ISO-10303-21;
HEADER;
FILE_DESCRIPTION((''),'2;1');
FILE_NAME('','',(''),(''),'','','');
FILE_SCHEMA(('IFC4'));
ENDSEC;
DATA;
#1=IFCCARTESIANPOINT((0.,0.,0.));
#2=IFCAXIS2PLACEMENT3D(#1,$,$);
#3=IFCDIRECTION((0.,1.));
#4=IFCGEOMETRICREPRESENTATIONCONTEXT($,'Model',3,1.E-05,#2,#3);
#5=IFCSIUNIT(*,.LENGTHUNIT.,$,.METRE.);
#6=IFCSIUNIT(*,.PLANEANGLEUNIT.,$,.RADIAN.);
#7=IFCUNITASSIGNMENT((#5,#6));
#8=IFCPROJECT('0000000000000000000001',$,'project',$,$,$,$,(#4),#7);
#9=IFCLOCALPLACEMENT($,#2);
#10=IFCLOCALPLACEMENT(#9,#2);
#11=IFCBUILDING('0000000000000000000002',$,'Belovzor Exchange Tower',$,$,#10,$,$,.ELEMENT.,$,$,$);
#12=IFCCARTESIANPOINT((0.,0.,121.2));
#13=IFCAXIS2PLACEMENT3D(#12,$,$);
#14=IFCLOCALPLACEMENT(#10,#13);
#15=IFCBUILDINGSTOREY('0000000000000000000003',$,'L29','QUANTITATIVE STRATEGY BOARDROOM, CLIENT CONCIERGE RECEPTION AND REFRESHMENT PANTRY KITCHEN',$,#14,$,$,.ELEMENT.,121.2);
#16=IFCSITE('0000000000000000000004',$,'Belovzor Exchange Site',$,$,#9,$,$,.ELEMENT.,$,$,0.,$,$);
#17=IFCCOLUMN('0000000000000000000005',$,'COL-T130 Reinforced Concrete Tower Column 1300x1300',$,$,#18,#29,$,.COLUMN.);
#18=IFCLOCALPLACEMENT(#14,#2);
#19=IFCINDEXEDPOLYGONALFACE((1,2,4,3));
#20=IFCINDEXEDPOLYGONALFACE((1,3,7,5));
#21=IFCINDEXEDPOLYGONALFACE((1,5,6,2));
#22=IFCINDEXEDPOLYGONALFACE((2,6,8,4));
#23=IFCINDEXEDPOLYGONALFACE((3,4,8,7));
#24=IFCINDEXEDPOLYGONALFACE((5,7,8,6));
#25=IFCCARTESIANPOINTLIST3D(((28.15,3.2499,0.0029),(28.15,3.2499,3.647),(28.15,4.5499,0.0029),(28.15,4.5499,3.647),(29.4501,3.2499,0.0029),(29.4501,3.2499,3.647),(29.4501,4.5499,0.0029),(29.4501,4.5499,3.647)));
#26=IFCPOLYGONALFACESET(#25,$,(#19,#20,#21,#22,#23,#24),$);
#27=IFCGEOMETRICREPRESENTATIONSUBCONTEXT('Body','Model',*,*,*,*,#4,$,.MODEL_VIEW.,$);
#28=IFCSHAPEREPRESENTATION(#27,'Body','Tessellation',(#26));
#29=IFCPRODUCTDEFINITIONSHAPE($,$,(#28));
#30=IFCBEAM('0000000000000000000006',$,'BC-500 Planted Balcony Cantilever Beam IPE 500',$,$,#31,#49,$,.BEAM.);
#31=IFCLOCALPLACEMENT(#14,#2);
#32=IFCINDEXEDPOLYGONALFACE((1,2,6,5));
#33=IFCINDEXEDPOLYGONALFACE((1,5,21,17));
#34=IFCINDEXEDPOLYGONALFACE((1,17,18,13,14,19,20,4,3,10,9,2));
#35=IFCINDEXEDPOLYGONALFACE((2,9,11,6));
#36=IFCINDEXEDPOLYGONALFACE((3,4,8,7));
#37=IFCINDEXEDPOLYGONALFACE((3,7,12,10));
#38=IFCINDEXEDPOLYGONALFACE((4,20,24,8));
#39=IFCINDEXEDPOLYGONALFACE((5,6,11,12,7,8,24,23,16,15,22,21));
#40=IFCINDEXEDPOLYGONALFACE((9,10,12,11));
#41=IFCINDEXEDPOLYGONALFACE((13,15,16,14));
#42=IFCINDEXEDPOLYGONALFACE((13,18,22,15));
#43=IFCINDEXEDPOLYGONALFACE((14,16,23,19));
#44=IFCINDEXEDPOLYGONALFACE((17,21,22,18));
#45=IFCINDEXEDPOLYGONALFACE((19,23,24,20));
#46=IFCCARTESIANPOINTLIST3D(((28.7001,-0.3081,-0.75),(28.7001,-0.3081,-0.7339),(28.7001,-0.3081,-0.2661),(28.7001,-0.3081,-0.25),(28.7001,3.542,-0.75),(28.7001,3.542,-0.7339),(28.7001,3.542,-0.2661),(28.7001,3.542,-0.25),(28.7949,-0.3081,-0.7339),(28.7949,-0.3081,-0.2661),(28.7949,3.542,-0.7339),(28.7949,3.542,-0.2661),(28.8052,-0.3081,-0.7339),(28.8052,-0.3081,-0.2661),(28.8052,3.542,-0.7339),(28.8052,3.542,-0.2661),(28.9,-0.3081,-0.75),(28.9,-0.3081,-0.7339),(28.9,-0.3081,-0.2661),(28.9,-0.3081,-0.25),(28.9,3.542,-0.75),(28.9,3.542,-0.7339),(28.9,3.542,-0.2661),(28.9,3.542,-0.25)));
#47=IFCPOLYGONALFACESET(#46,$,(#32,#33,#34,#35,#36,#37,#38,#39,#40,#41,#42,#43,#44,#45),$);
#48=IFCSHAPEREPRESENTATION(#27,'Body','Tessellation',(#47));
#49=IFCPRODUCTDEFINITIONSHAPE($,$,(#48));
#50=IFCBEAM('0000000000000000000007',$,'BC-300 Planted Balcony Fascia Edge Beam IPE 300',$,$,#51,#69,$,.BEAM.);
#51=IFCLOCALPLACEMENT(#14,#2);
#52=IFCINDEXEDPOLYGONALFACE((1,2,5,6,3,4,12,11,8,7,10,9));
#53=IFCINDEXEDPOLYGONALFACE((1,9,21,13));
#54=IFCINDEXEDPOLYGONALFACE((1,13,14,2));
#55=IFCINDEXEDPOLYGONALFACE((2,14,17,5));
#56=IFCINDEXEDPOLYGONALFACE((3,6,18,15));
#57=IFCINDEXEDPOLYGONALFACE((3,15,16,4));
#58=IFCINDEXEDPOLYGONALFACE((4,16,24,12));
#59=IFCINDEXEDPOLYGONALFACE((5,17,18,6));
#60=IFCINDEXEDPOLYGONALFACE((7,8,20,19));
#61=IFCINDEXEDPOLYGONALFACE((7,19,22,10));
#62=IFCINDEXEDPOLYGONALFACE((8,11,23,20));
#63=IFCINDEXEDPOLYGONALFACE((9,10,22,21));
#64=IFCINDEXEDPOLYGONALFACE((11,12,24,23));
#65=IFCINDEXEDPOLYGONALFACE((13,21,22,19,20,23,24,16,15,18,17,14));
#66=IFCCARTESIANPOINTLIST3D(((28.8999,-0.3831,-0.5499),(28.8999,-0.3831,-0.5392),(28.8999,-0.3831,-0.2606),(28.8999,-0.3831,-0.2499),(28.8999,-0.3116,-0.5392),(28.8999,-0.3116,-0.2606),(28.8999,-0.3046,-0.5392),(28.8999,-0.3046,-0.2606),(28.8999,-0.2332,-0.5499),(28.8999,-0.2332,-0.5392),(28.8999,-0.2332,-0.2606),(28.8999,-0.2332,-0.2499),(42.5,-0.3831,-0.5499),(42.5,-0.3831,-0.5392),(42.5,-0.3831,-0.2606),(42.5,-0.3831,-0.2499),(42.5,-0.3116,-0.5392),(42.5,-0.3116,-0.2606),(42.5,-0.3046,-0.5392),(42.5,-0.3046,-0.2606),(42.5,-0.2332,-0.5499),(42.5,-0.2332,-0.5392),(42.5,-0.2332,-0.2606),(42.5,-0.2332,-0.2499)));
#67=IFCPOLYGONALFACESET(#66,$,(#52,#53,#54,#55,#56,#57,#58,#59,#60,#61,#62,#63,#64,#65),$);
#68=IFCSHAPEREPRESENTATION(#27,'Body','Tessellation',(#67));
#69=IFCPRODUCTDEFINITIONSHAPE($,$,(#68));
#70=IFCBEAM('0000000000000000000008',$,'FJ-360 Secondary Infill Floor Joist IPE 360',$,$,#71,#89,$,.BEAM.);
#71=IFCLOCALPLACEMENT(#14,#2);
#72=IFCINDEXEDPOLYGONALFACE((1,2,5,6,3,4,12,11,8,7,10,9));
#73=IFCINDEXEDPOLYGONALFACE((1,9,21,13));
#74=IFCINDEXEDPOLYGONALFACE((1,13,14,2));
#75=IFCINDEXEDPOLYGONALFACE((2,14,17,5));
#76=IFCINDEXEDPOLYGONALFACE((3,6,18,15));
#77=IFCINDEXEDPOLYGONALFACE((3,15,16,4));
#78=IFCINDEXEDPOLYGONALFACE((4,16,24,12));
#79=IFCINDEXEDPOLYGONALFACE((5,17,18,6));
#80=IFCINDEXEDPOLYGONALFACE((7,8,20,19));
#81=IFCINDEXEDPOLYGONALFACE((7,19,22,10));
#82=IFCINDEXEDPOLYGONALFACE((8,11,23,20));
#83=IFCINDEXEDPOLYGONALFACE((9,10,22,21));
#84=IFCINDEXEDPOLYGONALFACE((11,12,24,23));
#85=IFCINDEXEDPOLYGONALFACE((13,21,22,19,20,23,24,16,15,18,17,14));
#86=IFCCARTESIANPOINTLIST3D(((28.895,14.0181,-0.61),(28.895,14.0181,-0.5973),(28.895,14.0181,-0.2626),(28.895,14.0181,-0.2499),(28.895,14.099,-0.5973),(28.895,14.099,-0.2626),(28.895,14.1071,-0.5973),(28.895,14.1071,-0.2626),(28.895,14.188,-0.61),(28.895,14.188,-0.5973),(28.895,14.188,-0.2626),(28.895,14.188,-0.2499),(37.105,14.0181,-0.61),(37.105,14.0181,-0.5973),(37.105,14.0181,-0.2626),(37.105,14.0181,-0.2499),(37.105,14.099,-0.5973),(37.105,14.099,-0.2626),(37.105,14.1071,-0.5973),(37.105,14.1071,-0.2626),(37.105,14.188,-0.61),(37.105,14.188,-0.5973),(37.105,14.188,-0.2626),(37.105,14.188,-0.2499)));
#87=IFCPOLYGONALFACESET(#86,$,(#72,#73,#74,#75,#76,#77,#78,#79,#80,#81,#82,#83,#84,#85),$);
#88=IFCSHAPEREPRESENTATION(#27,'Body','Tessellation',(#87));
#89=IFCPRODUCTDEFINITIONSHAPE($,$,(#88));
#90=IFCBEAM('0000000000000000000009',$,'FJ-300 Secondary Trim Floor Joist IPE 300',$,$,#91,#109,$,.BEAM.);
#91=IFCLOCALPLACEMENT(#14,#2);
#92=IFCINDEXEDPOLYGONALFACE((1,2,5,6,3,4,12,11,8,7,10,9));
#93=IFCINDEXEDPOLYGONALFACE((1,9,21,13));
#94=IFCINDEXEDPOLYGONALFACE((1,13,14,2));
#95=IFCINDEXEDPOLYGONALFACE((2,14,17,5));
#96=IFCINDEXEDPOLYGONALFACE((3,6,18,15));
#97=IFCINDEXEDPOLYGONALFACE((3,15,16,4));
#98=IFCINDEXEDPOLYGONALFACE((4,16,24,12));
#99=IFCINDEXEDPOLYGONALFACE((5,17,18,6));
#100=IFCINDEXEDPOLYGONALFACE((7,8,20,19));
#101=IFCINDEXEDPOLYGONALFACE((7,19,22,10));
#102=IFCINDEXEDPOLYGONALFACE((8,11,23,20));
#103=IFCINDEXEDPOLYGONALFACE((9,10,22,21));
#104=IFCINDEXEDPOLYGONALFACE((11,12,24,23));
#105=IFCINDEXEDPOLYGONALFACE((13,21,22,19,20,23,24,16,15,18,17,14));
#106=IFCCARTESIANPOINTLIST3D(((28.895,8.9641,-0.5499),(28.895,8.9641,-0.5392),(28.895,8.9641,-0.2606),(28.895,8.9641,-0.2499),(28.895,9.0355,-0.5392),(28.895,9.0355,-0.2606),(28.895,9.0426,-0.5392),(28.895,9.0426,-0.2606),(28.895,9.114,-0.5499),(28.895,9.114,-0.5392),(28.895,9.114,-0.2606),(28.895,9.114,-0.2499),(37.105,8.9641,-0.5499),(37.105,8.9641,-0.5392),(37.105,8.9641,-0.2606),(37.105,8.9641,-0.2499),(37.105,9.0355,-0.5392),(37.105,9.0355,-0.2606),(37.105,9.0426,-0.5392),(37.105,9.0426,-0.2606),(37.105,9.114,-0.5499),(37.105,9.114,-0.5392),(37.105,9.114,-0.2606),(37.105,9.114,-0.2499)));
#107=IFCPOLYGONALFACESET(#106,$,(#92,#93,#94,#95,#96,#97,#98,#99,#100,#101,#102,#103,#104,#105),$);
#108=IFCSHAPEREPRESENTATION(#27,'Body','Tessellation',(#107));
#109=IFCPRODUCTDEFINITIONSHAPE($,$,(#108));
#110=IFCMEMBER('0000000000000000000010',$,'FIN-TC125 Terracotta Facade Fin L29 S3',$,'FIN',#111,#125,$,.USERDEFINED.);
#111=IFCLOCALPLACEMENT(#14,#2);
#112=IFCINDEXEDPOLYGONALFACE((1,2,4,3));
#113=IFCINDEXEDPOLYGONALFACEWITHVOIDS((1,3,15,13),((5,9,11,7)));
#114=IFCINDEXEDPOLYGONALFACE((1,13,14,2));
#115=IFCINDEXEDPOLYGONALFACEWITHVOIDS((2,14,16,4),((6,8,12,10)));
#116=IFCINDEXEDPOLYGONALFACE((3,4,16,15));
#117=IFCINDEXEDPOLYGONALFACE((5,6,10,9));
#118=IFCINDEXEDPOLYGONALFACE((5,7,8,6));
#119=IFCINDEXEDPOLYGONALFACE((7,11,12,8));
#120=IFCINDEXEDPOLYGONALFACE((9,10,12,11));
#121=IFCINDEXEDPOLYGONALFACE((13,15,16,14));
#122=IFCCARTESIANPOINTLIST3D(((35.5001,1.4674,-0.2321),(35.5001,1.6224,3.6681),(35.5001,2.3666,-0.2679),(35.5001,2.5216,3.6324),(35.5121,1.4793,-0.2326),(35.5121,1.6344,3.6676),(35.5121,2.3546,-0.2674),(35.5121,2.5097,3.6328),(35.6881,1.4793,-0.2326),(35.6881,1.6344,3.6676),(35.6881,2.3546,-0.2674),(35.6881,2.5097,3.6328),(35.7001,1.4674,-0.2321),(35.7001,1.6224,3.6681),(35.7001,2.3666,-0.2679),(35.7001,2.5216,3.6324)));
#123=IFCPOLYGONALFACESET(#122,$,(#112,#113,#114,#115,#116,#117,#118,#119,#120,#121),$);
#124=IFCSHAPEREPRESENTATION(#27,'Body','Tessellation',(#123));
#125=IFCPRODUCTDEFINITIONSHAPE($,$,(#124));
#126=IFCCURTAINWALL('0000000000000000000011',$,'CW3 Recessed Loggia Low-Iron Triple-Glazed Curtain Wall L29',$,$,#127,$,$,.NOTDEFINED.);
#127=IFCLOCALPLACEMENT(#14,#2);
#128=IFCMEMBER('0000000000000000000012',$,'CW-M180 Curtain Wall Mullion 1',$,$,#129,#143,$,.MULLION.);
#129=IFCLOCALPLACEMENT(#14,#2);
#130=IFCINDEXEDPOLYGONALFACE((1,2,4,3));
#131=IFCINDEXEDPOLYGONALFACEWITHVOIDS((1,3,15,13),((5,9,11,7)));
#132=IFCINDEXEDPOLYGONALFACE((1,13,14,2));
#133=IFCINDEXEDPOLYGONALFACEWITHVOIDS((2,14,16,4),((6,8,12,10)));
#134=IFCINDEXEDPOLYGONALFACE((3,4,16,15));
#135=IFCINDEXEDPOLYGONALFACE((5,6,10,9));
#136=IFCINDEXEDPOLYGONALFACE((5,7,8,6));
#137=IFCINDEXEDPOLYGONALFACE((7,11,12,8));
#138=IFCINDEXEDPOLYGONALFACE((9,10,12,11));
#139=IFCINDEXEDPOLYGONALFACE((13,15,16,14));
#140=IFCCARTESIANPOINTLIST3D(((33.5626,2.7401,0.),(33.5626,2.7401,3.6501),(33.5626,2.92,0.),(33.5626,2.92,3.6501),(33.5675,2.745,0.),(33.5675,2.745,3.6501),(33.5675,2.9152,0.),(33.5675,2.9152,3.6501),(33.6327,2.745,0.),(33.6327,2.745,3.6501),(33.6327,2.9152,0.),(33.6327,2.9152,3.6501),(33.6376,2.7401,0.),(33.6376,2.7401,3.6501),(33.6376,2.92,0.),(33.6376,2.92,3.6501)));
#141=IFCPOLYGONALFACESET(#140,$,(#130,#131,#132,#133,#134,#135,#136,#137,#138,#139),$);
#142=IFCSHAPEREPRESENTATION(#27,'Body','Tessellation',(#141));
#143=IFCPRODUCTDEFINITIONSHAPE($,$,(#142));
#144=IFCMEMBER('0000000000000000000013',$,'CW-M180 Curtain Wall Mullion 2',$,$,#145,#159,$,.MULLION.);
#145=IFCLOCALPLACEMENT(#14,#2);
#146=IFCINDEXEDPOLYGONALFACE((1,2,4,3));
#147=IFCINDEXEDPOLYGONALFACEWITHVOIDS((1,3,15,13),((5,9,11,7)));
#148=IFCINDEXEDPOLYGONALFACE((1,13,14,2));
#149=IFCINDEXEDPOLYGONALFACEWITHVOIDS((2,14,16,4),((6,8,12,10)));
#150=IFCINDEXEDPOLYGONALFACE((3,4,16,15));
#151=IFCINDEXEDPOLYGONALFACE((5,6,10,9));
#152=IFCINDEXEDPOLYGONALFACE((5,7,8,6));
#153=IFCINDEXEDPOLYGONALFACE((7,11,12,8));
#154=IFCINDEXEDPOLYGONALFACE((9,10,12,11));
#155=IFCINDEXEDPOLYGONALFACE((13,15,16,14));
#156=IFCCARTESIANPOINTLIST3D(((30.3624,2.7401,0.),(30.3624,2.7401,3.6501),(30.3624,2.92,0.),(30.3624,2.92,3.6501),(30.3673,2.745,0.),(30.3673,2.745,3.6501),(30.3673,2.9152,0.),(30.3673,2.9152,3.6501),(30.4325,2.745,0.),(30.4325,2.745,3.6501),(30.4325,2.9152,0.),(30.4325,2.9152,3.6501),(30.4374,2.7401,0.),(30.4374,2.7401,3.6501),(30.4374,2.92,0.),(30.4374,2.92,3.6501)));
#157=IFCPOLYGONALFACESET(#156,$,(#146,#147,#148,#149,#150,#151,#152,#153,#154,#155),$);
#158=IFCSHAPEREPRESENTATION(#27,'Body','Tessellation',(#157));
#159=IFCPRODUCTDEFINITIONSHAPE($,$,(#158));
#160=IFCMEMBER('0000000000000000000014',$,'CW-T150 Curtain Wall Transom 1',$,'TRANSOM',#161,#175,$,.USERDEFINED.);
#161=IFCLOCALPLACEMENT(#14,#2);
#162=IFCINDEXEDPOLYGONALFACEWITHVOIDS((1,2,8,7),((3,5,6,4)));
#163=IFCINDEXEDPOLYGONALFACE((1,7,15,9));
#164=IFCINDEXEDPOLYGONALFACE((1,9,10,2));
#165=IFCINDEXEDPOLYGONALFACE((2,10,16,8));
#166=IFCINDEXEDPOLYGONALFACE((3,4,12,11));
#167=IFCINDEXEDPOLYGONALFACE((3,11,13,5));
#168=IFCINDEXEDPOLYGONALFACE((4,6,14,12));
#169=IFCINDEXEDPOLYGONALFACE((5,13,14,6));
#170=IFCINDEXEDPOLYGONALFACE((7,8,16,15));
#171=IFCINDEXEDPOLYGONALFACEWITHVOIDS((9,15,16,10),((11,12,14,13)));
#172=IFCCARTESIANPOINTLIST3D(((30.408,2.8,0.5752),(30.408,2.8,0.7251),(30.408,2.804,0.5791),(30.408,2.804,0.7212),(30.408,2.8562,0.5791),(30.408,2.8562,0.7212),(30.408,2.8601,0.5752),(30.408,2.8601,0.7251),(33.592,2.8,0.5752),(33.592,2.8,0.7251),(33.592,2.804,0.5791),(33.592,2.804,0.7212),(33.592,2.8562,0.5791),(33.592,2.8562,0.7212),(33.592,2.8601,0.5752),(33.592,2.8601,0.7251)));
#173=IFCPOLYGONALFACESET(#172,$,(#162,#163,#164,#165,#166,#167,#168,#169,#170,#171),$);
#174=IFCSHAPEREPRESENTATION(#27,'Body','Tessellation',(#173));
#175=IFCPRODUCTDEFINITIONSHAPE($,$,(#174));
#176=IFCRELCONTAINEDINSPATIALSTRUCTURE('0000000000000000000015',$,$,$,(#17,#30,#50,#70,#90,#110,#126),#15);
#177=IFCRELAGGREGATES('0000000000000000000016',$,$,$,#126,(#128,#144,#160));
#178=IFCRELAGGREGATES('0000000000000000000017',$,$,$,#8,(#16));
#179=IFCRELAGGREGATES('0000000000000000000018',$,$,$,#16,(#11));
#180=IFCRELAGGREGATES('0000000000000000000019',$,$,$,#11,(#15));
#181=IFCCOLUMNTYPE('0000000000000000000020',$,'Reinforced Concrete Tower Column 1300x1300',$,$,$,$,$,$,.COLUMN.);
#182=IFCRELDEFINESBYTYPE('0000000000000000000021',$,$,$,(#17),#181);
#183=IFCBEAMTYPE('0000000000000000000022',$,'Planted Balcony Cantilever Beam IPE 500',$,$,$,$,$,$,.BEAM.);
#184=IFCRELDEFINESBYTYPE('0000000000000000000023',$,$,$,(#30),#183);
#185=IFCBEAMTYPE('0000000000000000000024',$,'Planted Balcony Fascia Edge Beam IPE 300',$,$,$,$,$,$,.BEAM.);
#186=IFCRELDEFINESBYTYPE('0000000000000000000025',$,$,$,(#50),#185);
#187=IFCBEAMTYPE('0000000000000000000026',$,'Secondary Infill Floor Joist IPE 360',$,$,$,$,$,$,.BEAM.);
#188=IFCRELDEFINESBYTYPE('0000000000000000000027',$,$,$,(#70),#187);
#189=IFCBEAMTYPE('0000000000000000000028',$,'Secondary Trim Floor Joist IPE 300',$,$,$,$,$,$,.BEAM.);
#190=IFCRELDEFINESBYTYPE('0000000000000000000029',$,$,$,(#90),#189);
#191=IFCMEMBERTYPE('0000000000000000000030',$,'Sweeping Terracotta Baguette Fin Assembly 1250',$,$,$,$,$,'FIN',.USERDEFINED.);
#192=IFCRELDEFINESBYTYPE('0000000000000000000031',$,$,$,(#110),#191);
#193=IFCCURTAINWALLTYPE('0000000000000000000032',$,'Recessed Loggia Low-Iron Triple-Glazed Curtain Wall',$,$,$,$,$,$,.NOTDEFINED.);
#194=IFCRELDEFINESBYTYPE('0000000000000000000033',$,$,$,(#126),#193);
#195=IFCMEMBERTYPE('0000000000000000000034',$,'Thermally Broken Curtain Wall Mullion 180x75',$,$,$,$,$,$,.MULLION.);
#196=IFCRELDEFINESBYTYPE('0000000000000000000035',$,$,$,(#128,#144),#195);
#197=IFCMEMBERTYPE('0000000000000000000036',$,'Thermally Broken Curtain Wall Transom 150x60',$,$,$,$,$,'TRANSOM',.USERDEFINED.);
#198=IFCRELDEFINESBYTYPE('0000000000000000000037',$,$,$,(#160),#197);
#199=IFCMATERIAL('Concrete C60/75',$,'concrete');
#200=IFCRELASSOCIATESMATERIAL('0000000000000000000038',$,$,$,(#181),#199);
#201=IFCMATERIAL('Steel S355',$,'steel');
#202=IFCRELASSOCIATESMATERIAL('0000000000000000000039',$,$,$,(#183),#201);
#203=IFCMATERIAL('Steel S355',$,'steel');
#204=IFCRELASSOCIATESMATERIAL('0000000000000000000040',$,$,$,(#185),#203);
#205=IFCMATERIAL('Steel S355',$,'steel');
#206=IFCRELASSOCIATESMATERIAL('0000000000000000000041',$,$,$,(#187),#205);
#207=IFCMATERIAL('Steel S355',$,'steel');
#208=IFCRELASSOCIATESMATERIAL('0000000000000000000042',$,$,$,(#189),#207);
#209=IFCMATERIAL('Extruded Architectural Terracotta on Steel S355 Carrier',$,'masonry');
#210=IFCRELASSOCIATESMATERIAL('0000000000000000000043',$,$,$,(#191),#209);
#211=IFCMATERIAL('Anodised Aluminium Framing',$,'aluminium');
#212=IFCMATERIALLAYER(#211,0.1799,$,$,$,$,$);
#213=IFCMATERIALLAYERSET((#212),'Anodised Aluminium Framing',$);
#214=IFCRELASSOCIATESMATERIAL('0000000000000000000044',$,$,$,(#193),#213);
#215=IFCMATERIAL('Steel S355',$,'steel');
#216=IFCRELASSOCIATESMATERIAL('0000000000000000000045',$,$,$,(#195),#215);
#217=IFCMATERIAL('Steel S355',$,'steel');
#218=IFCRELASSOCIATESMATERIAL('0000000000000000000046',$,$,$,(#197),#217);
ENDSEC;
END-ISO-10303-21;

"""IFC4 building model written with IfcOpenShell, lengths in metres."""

from ifc_helpers import new_model, si_unit, direction, frame, origin, origin_2d, place, context, subcontext, project, spatial, rectangle, hollow_rectangle, i_section, extrude, material, layer, layer_set, material_profile, profile_set, type_object, element, aggregate, save


model = new_model("IFC4")

# Units and contexts
model_context = context("Model", 3, precision=1e-05, world=origin(), true_north=direction((0.0, 1.0)))
body_context = subcontext(model_context, "Body", "Model", "MODEL_VIEW")
ifc_project = project(units=[si_unit("LENGTHUNIT", "METRE"), si_unit("PLANEANGLEUNIT", "RADIAN")], contexts=[model_context])

# Site, building, storey
site_placement = place(None, origin())
site = spatial("IfcSite", under=ifc_project, at=site_placement, Name="Belovzor Exchange Site", CompositionType="ELEMENT", RefElevation=0.0)
building_placement = place(site_placement, origin())
building = spatial("IfcBuilding", under=site, at=building_placement, Name="Belovzor Exchange Tower", CompositionType="ELEMENT")
storey_placement = place(building_placement, frame((0.0, 0.0, 121.2)))
storey = spatial("IfcBuildingStorey", under=building, at=storey_placement, Name="L29", Description="QUANTITATIVE STRATEGY BOARDROOM, CLIENT CONCIERGE RECEPTION AND REFRESHMENT PANTRY KITCHEN", CompositionType="ELEMENT", Elevation=121.2)

# Column
ifc_material_1 = material(Name="Concrete C60/75", Category="concrete")
ifc_material_profile_1 = material_profile(ifc_material_1, rectangle(XDim=1.3, YDim=1.3, at=origin_2d()))
ifc_profile_set_1 = profile_set([ifc_material_profile_1], Name="Concrete C60/75")
column_type = type_object("IfcColumnType", Name="Reinforced Concrete Tower Column 1300x1300", PredefinedType="COLUMN", material=ifc_profile_set_1)
column_placement = place(storey_placement, frame((28.8, 3.8999, 0.0029), z_axis=(0.0, 0.0, 1.0), x_axis=(1.0, 0.0, 0.0)))
element("IfcColumn", 1, at=column_placement, inside=storey, type_object=column_type, Name="COL-T130 Reinforced Concrete Tower Column 1300x1300", PredefinedType="COLUMN", context=body_context, shape_type="SweptSolid", body=[
    extrude(rectangle(XDim=1.3, YDim=1.3, at=origin_2d()), origin(), (0.0, 0.0, 1.0), 3.644),
])

# Beams
ifc_material_2 = material(Name="Steel S355", Category="steel")
ifc_material_profile_2 = material_profile(ifc_material_2, i_section(OverallWidth=0.2, OverallDepth=0.5, WebThickness=0.0103, FlangeThickness=0.0161, at=origin_2d()))
ifc_profile_set_2 = profile_set([ifc_material_profile_2], Name="Steel S355")
beam_type_1 = type_object("IfcBeamType", Name="Planted Balcony Cantilever Beam IPE 500", PredefinedType="BEAM", material=ifc_profile_set_2)
beam_1_placement = place(storey_placement, frame((28.8, 3.542, -0.5), z_axis=(0.0, -1.0, 0.0), x_axis=(1.0, 0.0, 0.0)))
element("IfcBeam", 2, at=beam_1_placement, inside=storey, type_object=beam_type_1, Name="BC-500 Planted Balcony Cantilever Beam IPE 500", PredefinedType="BEAM", context=body_context, shape_type="SweptSolid", body=[
    extrude(i_section(OverallWidth=0.2, OverallDepth=0.5, WebThickness=0.0103, FlangeThickness=0.0161, at=origin_2d()), origin(), (0.0, 0.0, 1.0), 3.8501),
])
ifc_material_3 = material(Name="Steel S355", Category="steel")
ifc_material_profile_3 = material_profile(ifc_material_3, i_section(OverallWidth=0.1499, OverallDepth=0.3, WebThickness=0.0071, FlangeThickness=0.0107, at=origin_2d()))
ifc_profile_set_3 = profile_set([ifc_material_profile_3], Name="Steel S355")
beam_type_2 = type_object("IfcBeamType", Name="Planted Balcony Fascia Edge Beam IPE 300", PredefinedType="BEAM", material=ifc_profile_set_3)
beam_2_placement = place(storey_placement, frame((28.8999, -0.3081, -0.3999), z_axis=(1.0, 0.0, 0.0), x_axis=(0.0, 1.0, 0.0)))
element("IfcBeam", 3, at=beam_2_placement, inside=storey, type_object=beam_type_2, Name="BC-300 Planted Balcony Fascia Edge Beam IPE 300", PredefinedType="BEAM", context=body_context, shape_type="SweptSolid", body=[
    extrude(i_section(OverallWidth=0.1499, OverallDepth=0.3, WebThickness=0.0071, FlangeThickness=0.0107, at=origin_2d()), origin(), (0.0, 0.0, 1.0), 13.6001),
])
ifc_material_4 = material(Name="Steel S355", Category="steel")
ifc_material_profile_4 = material_profile(ifc_material_4, i_section(OverallWidth=0.1699, OverallDepth=0.3601, WebThickness=0.0081, FlangeThickness=0.0127, at=origin_2d()))
ifc_profile_set_4 = profile_set([ifc_material_profile_4], Name="Steel S355")
beam_type_3 = type_object("IfcBeamType", Name="Secondary Infill Floor Joist IPE 360", PredefinedType="BEAM", material=ifc_profile_set_4)
beam_3_placement = place(storey_placement, frame((28.895, 14.103, -0.4299), z_axis=(1.0, 0.0, 0.0), x_axis=(0.0, 1.0, 0.0)))
element("IfcBeam", 4, at=beam_3_placement, inside=storey, type_object=beam_type_3, Name="FJ-360 Secondary Infill Floor Joist IPE 360", PredefinedType="BEAM", context=body_context, shape_type="SweptSolid", body=[
    extrude(i_section(OverallWidth=0.1699, OverallDepth=0.3601, WebThickness=0.0081, FlangeThickness=0.0127, at=origin_2d()), origin(), (0.0, 0.0, 1.0), 8.21),
])
ifc_material_5 = material(Name="Steel S355", Category="steel")
ifc_material_profile_5 = material_profile(ifc_material_5, i_section(OverallWidth=0.1499, OverallDepth=0.3, WebThickness=0.0071, FlangeThickness=0.0107, at=origin_2d()))
ifc_profile_set_5 = profile_set([ifc_material_profile_5], Name="Steel S355")
beam_type_4 = type_object("IfcBeamType", Name="Secondary Trim Floor Joist IPE 300", PredefinedType="BEAM", material=ifc_profile_set_5)
beam_4_placement = place(storey_placement, frame((28.895, 9.0391, -0.3999), z_axis=(1.0, 0.0, 0.0), x_axis=(0.0, 1.0, 0.0)))
element("IfcBeam", 5, at=beam_4_placement, inside=storey, type_object=beam_type_4, Name="FJ-300 Secondary Trim Floor Joist IPE 300", PredefinedType="BEAM", context=body_context, shape_type="SweptSolid", body=[
    extrude(i_section(OverallWidth=0.1499, OverallDepth=0.3, WebThickness=0.0071, FlangeThickness=0.0107, at=origin_2d()), origin(), (0.0, 0.0, 1.0), 8.21),
])

# Member
ifc_material_6 = material(Name="Extruded Architectural Terracotta on Steel S355 Carrier", Category="masonry")
ifc_material_profile_6 = material_profile(ifc_material_6, hollow_rectangle(XDim=0.2, YDim=0.8999, WallThickness=0.012, at=origin_2d()))
ifc_profile_set_6 = profile_set([ifc_material_profile_6], Name="Extruded Architectural Terracotta on Steel S355 Carrier")
member_type_1 = type_object("IfcMemberType", Name="Sweeping Terracotta Baguette Fin Assembly 1250", ElementType="FIN", PredefinedType="USERDEFINED", material=ifc_profile_set_6)
member_1_placement = place(storey_placement, frame((35.6001, 1.917, -0.25), z_axis=(0.0, 0.039718, 0.999211), x_axis=(-1.0, 0.0, 0.0)))
element("IfcMember", 6, at=member_1_placement, inside=storey, type_object=member_type_1, Name="FIN-TC125 Terracotta Facade Fin L29 S3", ObjectType="FIN", PredefinedType="USERDEFINED", context=body_context, shape_type="SweptSolid", body=[
    extrude(hollow_rectangle(XDim=0.2, YDim=0.8999, WallThickness=0.012, at=origin_2d()), origin(), (0.0, 0.0, 1.0), 3.9033),
])

# Curtain wall, members
ifc_material_7 = material(Name="Anodised Aluminium Framing", Category="aluminium")
ifc_layer_1 = layer(ifc_material_7, 0.1799)
ifc_layer_set_1 = layer_set([ifc_layer_1], Name="Anodised Aluminium Framing")
curtain_wall_type = type_object("IfcCurtainWallType", Name="Recessed Loggia Low-Iron Triple-Glazed Curtain Wall", PredefinedType="NOTDEFINED", material=ifc_layer_set_1)
curtain_wall_placement = place(storey_placement, origin())
curtain_wall = element("IfcCurtainWall", 7, at=curtain_wall_placement, inside=storey, type_object=curtain_wall_type, Name="CW3 Recessed Loggia Low-Iron Triple-Glazed Curtain Wall L29", PredefinedType="NOTDEFINED")
ifc_material_8 = material(Name="Steel S355", Category="steel")
ifc_material_profile_7 = material_profile(ifc_material_8, hollow_rectangle(XDim=0.075, YDim=0.1799, WallThickness=0.0049, at=origin_2d()))
ifc_profile_set_7 = profile_set([ifc_material_profile_7], Name="Steel S355")
member_type_2 = type_object("IfcMemberType", Name="Thermally Broken Curtain Wall Mullion 180x75", PredefinedType="MULLION", material=ifc_profile_set_7)
member_2_placement = place(storey_placement, frame((33.6001, 2.8301, 0.0), z_axis=(0.0, 0.0, 1.0), x_axis=(-1.0, 0.0, 0.0)))
member_2 = element("IfcMember", 8, at=member_2_placement, type_object=member_type_2, Name="CW-M180 Curtain Wall Mullion 1", PredefinedType="MULLION", context=body_context, shape_type="SweptSolid", body=[
    extrude(hollow_rectangle(XDim=0.075, YDim=0.1799, WallThickness=0.0049, at=origin_2d()), origin(), (0.0, 0.0, 1.0), 3.6501),
])
member_3_placement = place(storey_placement, frame((30.3999, 2.8301, 0.0), z_axis=(0.0, 0.0, 1.0), x_axis=(-1.0, 0.0, 0.0)))
member_3 = element("IfcMember", 9, at=member_3_placement, type_object=member_type_2, Name="CW-M180 Curtain Wall Mullion 2", PredefinedType="MULLION", context=body_context, shape_type="SweptSolid", body=[
    extrude(hollow_rectangle(XDim=0.075, YDim=0.1799, WallThickness=0.0049, at=origin_2d()), origin(), (0.0, 0.0, 1.0), 3.6501),
])
ifc_material_9 = material(Name="Steel S355", Category="steel")
ifc_material_profile_8 = material_profile(ifc_material_9, hollow_rectangle(XDim=0.0601, YDim=0.1499, WallThickness=0.0039, at=origin_2d()))
ifc_profile_set_8 = profile_set([ifc_material_profile_8], Name="Steel S355")
member_type_3 = type_object("IfcMemberType", Name="Thermally Broken Curtain Wall Transom 150x60", ElementType="TRANSOM", PredefinedType="USERDEFINED", material=ifc_profile_set_8)
member_4_placement = place(storey_placement, frame((33.592, 2.8301, 0.6501), z_axis=(-1.0, 0.0, 0.0), x_axis=(0.0, -1.0, 0.0)))
member_4 = element("IfcMember", 10, at=member_4_placement, type_object=member_type_3, Name="CW-T150 Curtain Wall Transom 1", ObjectType="TRANSOM", PredefinedType="USERDEFINED", context=body_context, shape_type="SweptSolid", body=[
    extrude(hollow_rectangle(XDim=0.0601, YDim=0.1499, WallThickness=0.0039, at=origin_2d()), origin(), (0.0, 0.0, 1.0), 3.1841),
])

aggregate(curtain_wall, [member_2, member_3, member_4])

save(model, "model.ifc")
